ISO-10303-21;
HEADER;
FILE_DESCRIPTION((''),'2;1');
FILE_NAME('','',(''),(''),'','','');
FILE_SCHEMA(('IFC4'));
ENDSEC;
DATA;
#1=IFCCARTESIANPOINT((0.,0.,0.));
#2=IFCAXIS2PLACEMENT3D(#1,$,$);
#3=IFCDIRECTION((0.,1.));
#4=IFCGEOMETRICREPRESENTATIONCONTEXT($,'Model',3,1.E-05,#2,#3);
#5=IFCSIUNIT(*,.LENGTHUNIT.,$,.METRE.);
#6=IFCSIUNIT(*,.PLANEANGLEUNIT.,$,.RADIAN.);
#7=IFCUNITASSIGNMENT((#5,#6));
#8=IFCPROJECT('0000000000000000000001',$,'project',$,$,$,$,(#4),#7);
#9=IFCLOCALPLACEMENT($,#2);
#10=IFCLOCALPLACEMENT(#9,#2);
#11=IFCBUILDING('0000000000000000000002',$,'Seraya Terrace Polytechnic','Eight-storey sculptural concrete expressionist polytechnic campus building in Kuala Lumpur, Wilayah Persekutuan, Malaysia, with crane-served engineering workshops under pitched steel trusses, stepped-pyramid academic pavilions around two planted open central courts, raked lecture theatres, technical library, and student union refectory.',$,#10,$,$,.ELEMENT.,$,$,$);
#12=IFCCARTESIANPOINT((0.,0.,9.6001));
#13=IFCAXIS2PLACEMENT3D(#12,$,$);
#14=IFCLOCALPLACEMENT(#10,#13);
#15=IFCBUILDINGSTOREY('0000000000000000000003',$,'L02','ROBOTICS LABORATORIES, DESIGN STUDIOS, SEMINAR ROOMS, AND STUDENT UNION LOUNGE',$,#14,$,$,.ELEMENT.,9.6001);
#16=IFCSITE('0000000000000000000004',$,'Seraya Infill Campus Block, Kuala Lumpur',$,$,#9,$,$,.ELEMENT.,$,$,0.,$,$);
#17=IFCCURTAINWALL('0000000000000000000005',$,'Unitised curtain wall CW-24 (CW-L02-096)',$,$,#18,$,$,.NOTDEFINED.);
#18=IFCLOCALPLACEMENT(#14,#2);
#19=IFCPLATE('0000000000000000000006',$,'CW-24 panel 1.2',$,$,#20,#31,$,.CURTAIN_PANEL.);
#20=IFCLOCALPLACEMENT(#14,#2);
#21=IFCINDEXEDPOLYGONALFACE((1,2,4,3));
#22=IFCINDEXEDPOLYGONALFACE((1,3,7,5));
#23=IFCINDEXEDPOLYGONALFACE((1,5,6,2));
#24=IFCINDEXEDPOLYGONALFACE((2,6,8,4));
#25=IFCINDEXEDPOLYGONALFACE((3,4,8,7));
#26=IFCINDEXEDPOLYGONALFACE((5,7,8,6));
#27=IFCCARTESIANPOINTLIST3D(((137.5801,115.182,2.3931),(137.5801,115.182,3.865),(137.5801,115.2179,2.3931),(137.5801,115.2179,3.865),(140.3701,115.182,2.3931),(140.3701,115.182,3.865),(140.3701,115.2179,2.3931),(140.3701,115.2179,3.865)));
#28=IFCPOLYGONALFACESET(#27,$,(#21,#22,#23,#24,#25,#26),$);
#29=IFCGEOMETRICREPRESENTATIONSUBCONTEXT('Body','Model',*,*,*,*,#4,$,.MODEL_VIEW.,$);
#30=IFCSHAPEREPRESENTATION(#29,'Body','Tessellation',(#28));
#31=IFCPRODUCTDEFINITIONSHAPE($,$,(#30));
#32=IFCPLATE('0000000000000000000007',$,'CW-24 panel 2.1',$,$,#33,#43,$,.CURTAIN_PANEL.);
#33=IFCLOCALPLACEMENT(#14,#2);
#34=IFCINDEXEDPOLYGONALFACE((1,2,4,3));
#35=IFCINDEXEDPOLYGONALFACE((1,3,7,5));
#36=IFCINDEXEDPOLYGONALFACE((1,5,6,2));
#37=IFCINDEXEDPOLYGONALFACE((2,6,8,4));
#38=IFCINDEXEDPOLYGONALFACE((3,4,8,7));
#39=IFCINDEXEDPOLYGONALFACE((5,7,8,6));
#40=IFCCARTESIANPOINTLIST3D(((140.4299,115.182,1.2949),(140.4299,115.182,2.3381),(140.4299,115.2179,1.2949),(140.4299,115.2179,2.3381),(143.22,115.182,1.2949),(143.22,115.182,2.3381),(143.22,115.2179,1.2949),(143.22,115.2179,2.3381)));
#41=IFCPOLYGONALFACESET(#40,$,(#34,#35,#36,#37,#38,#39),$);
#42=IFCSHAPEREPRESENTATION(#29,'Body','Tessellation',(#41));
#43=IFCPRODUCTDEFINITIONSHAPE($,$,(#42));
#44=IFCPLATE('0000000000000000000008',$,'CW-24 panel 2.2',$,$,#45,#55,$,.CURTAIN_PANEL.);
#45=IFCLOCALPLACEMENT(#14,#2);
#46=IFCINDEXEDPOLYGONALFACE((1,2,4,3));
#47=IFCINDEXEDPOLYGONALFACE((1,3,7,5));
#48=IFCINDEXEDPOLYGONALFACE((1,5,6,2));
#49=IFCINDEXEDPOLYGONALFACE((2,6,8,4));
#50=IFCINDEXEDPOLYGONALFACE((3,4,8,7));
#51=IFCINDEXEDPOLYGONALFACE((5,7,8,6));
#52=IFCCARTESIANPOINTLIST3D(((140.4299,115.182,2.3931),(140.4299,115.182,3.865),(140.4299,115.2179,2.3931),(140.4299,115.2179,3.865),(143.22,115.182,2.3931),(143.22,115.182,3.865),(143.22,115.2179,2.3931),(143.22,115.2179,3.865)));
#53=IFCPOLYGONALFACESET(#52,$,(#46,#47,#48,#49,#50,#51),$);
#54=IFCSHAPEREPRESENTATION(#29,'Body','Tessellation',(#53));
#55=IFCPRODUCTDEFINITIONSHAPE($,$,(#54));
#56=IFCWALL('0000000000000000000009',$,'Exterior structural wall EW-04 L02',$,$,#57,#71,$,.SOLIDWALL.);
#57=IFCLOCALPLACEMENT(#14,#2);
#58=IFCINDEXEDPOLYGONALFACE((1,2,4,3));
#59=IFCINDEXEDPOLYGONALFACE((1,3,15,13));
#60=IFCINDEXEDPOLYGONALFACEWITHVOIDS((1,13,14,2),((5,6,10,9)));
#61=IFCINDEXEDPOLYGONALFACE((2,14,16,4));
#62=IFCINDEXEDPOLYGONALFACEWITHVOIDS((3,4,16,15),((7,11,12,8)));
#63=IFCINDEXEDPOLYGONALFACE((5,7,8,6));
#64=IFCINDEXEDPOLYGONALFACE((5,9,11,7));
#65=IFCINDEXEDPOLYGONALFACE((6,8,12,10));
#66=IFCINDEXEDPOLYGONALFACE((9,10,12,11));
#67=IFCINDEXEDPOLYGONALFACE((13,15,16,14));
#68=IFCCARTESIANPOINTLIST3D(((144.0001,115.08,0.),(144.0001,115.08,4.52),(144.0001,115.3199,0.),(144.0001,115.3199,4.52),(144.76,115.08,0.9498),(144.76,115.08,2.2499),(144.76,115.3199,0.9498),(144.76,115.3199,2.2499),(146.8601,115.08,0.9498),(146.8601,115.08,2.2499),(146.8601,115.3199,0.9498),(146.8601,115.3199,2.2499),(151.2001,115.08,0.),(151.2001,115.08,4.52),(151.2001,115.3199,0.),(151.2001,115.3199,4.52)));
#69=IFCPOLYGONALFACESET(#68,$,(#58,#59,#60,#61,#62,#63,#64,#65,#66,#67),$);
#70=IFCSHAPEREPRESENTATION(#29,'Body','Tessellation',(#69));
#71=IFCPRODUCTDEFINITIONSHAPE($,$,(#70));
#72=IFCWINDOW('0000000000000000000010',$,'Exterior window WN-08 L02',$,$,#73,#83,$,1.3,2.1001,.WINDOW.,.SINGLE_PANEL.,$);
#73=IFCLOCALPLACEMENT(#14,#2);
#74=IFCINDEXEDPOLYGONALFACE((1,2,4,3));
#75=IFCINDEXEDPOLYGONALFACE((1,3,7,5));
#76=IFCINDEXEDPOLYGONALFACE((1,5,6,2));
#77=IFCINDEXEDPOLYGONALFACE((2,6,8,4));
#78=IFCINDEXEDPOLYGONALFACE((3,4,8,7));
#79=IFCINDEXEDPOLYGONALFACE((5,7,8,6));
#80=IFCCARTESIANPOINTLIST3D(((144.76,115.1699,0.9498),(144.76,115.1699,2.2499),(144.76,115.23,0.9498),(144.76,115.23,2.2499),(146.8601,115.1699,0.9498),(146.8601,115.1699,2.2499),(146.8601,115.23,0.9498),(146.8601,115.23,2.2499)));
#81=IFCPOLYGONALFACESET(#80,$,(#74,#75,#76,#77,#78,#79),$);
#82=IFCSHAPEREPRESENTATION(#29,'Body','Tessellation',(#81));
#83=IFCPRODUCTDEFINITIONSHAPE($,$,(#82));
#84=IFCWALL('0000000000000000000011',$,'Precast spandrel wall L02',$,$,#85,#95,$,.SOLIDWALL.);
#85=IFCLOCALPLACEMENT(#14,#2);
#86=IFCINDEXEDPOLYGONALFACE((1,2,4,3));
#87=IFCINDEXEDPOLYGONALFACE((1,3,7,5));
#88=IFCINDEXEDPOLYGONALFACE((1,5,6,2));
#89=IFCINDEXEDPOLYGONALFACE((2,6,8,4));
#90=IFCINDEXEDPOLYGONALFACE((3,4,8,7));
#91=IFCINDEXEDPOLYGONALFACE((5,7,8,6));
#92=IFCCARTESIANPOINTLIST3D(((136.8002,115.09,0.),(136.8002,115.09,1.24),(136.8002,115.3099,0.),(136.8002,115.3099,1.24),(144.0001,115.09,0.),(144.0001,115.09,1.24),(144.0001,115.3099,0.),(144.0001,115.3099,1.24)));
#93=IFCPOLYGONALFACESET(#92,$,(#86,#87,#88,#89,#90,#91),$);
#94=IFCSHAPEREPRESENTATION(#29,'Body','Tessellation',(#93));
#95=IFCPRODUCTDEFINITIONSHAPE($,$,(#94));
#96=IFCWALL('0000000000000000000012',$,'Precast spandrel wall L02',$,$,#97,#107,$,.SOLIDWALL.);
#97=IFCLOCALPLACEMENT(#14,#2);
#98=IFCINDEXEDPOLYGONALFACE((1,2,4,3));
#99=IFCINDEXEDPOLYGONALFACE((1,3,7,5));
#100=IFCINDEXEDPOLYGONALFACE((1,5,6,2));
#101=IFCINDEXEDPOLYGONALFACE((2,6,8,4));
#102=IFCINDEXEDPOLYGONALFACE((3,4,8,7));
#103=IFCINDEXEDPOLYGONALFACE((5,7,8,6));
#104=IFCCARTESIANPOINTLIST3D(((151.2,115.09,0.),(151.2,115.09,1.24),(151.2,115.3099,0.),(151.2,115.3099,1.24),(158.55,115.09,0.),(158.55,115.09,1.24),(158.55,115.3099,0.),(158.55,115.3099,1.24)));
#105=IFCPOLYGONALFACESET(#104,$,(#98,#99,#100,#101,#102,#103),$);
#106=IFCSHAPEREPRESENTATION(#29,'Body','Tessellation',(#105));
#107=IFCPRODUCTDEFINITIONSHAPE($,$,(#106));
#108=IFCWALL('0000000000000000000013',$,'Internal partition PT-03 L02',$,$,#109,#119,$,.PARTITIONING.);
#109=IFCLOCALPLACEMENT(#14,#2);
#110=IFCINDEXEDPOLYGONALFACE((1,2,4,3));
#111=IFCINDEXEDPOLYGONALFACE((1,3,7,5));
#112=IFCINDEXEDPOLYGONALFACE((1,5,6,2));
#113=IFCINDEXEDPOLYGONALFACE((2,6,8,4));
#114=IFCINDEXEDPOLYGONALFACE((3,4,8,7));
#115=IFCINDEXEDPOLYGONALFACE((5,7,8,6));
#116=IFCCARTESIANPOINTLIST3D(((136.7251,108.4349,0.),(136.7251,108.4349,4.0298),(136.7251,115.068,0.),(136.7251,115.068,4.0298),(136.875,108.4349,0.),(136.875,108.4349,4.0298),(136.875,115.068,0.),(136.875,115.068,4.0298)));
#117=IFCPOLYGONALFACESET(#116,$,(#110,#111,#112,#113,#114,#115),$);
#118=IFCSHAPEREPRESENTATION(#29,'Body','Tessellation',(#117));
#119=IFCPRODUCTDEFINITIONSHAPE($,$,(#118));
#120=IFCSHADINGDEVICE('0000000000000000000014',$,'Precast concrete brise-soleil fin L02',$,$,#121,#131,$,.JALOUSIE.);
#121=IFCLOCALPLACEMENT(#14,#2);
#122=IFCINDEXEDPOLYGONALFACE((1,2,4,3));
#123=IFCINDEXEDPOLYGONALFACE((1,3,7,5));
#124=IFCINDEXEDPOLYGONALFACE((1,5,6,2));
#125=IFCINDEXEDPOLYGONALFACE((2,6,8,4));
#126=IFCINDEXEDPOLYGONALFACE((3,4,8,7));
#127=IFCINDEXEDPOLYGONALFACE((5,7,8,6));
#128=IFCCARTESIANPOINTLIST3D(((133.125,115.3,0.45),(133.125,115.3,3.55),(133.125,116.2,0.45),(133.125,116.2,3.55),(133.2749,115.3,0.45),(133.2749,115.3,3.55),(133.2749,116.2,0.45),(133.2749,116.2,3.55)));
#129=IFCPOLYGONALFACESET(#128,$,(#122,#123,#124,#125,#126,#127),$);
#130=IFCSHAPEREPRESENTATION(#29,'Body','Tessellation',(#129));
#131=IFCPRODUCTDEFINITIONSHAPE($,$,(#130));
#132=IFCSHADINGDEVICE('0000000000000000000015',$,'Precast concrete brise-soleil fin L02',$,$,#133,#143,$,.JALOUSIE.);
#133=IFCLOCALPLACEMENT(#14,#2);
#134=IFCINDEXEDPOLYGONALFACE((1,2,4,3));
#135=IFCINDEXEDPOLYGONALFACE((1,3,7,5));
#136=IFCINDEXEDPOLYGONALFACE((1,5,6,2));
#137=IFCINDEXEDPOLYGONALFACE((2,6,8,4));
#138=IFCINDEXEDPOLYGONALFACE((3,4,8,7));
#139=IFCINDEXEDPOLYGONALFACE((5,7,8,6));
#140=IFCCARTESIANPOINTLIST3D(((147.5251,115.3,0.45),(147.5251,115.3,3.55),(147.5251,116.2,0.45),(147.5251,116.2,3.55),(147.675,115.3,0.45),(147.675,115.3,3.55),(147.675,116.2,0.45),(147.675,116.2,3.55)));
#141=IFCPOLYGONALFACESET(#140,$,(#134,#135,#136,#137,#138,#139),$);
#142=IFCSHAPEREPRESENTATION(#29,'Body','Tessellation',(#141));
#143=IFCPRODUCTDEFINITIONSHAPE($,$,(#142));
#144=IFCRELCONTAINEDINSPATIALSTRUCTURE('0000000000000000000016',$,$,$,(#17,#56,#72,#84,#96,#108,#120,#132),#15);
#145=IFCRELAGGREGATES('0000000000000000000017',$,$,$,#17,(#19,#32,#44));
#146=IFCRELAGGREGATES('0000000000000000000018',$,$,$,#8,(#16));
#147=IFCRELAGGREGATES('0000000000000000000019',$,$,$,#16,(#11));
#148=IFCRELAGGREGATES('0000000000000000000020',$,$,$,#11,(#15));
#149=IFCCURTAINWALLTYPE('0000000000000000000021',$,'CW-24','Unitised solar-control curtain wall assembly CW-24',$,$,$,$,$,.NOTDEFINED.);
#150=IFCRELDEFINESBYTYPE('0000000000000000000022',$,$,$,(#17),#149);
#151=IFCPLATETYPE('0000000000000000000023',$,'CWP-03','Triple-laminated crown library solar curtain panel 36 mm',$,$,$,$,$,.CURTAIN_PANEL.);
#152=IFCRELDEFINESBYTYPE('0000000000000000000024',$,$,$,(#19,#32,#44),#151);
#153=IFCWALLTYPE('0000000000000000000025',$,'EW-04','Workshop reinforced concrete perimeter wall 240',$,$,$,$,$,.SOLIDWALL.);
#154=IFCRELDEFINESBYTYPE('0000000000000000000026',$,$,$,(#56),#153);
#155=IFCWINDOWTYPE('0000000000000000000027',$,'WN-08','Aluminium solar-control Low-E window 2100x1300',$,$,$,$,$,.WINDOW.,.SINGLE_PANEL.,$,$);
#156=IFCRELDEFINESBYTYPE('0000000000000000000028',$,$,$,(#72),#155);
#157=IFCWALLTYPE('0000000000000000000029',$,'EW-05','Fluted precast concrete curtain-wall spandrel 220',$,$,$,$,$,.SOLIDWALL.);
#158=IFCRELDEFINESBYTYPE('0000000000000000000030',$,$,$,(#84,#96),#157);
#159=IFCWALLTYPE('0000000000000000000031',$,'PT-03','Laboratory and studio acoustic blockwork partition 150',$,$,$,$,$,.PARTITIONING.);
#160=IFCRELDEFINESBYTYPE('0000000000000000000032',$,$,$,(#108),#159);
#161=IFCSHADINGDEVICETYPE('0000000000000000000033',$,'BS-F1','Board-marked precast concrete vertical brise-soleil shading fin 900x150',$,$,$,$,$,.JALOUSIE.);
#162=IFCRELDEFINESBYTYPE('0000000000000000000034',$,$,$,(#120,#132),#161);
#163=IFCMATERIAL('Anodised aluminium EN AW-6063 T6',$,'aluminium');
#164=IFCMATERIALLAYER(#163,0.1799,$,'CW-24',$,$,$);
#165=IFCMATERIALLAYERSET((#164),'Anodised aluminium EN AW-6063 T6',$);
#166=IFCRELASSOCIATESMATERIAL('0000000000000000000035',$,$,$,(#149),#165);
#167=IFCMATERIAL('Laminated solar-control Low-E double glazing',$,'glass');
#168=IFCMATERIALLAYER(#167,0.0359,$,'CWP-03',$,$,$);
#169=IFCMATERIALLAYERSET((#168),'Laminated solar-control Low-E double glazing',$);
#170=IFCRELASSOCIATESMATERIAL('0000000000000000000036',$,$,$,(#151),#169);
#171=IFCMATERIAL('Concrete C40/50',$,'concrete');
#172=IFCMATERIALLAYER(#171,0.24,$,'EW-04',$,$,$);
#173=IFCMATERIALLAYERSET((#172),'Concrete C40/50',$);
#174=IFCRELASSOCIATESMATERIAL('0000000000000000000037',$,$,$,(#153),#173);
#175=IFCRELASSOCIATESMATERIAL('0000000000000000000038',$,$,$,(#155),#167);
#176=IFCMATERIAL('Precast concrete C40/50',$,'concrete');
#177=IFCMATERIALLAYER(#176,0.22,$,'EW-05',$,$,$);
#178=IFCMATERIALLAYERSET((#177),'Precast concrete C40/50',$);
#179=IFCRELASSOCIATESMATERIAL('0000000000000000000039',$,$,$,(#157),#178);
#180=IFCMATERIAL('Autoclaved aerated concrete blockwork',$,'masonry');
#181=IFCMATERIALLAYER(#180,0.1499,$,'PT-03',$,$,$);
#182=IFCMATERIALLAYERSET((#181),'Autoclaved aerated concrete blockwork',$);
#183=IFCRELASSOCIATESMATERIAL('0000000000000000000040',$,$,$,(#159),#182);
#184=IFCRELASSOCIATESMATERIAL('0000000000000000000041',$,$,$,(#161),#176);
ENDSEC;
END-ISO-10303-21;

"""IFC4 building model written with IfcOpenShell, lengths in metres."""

from ifc_helpers import new_model, si_unit, direction, frame, frame_2d, origin, origin_2d, place, context, subcontext, project, spatial, rectangle, extrude, material, layer, layer_set, type_object, element, fill, aggregate, save


model = new_model("IFC4")

# Units and contexts
model_context = context("Model", 3, precision=1e-05, world=origin(), true_north=direction((0.0, 1.0)))
body_context = subcontext(model_context, "Body", "Model", "MODEL_VIEW")
ifc_project = project(units=[si_unit("LENGTHUNIT", "METRE"), si_unit("PLANEANGLEUNIT", "RADIAN")], contexts=[model_context])

# Site, building, storey
site_placement = place(None, origin())
site = spatial("IfcSite", under=ifc_project, at=site_placement, Name="Seraya Infill Campus Block, Kuala Lumpur", CompositionType="ELEMENT", RefElevation=0.0)
building_placement = place(site_placement, origin())
building = spatial("IfcBuilding", under=site, at=building_placement, Name="Seraya Terrace Polytechnic", Description="Eight-storey sculptural concrete expressionist polytechnic campus building in Kuala Lumpur, Wilayah Persekutuan, Malaysia, with crane-served engineering workshops under pitched steel trusses, stepped-pyramid academic pavilions around two planted open central courts, raked lecture theatres, technical library, and student union refectory.", CompositionType="ELEMENT")
storey_placement = place(building_placement, frame((0.0, 0.0, 9.6001)))
storey = spatial("IfcBuildingStorey", under=building, at=storey_placement, Name="L02", Description="ROBOTICS LABORATORIES, DESIGN STUDIOS, SEMINAR ROOMS, AND STUDENT UNION LOUNGE", CompositionType="ELEMENT", Elevation=9.6001)

# Shared definitions
ifc_material_1 = material(Name="Concrete C40/50", Category="concrete")

# Shared definitions
ifc_material_2 = material(Name="Anodised aluminium EN AW-6063 T6", Category="aluminium")

# Curtain wall
ifc_layer_1 = layer(ifc_material_2, 0.1799, Name="CW-24")
ifc_layer_set_1 = layer_set([ifc_layer_1], Name="Anodised aluminium EN AW-6063 T6")
curtain_wall_type_1 = type_object("IfcCurtainWallType", Name="CW-24", Description="Unitised solar-control curtain wall assembly CW-24", PredefinedType="NOTDEFINED", material=ifc_layer_set_1)
curtain_wall_1_placement = place(storey_placement, origin())
curtain_wall_1 = element("IfcCurtainWall", 1, at=curtain_wall_1_placement, inside=storey, type_object=curtain_wall_type_1, Name="Unitised curtain wall CW-24 (CW-L02-096)", PredefinedType="NOTDEFINED")

# Plates
ifc_material_3 = material(Name="Laminated solar-control Low-E double glazing", Category="glass")
ifc_layer_2 = layer(ifc_material_3, 0.0359, Name="CWP-03")
ifc_layer_set_2 = layer_set([ifc_layer_2], Name="Laminated solar-control Low-E double glazing")
plate_type_1 = type_object("IfcPlateType", Name="CWP-03", Description="Triple-laminated crown library solar curtain panel 36 mm", PredefinedType="CURTAIN_PANEL", material=ifc_layer_set_2)
plate_1_placement = place(storey_placement, frame((138.9751, 115.2, 2.3931), z_axis=(0.0, 0.0, 1.0), x_axis=(1.0, 0.0, 0.0)))
plate_1 = element("IfcPlate", 2, at=plate_1_placement, type_object=plate_type_1, Name="CW-24 panel 1.2", PredefinedType="CURTAIN_PANEL", context=body_context, shape_type="SweptSolid", body=[
    extrude(rectangle(XDim=2.79, YDim=0.0359, at=origin_2d()), origin(), (0.0, 0.0, 1.0), 1.4719),
])
plate_2_placement = place(storey_placement, frame((141.825, 115.2, 1.2949), z_axis=(0.0, 0.0, 1.0), x_axis=(1.0, 0.0, 0.0)))
plate_2 = element("IfcPlate", 3, at=plate_2_placement, type_object=plate_type_1, Name="CW-24 panel 2.1", PredefinedType="CURTAIN_PANEL", context=body_context, shape_type="SweptSolid", body=[
    extrude(rectangle(XDim=2.79, YDim=0.0359, at=origin_2d()), origin(), (0.0, 0.0, 1.0), 1.0432),
])
plate_3_placement = place(storey_placement, frame((141.825, 115.2, 2.3931), z_axis=(0.0, 0.0, 1.0), x_axis=(1.0, 0.0, 0.0)))
plate_3 = element("IfcPlate", 4, at=plate_3_placement, type_object=plate_type_1, Name="CW-24 panel 2.2", PredefinedType="CURTAIN_PANEL", context=body_context, shape_type="SweptSolid", body=[
    extrude(rectangle(XDim=2.79, YDim=0.0359, at=origin_2d()), origin(), (0.0, 0.0, 1.0), 1.4719),
])
aggregate(curtain_wall_1, [plate_1, plate_2, plate_3])

# Wall, opening, window
ifc_layer_3 = layer(ifc_material_1, 0.24, Name="EW-04")
ifc_layer_set_3 = layer_set([ifc_layer_3], Name="Concrete C40/50")
wall_type_1 = type_object("IfcWallType", Name="EW-04", Description="Workshop reinforced concrete perimeter wall 240", PredefinedType="SOLIDWALL", material=ifc_layer_set_3)
wall_1_placement = place(storey_placement, frame((144.0, 115.2, 0.0), z_axis=(0.0, 0.0, 1.0), x_axis=(1.0, 0.0, 0.0)))
wall_1 = element("IfcWall", 5, at=wall_1_placement, inside=storey, type_object=wall_type_1, Name="Exterior structural wall EW-04 L02", PredefinedType="SOLIDWALL", context=body_context, shape_type="SweptSolid", body=[
    extrude(rectangle(XDim=7.2, YDim=0.24, at=frame_2d((3.6001, 0.0))), origin(), (0.0, 0.0, 1.0), 4.52),
])
opening_placement = place(wall_1_placement, frame((0.76, 0.0, 0.95)))
opening = element("IfcOpeningElement", 6, at=opening_placement, cuts=wall_1, PredefinedType="OPENING", context=body_context, shape_type="SweptSolid", body=[
    extrude(rectangle(XDim=2.1001, YDim=1.3, at=frame_2d((1.05, 0.6499))), frame((0.0, 0.1318, 0.0), z_axis=(0.0, -1.0, 0.0), x_axis=(1.0, 0.0, 0.0)), (0.0, 0.0, 1.0), 0.2639),
])
window_type = type_object("IfcWindowType", Name="WN-08", Description="Aluminium solar-control Low-E window 2100x1300", PartitioningType="SINGLE_PANEL", PredefinedType="WINDOW", material=ifc_material_3)
window_placement = place(opening_placement, origin())
window = element("IfcWindow", 7, at=window_placement, inside=storey, type_object=window_type, Name="Exterior window WN-08 L02", OverallHeight=1.3, OverallWidth=2.1001, PartitioningType="SINGLE_PANEL", PredefinedType="WINDOW", context=body_context, shape_type="SweptSolid", body=[
    extrude(rectangle(XDim=2.1001, YDim=1.3, at=frame_2d((1.05, 0.6499))), frame((0.0, 0.03, 0.0), z_axis=(0.0, -1.0, 0.0), x_axis=(1.0, 0.0, 0.0)), (0.0, 0.0, 1.0), 0.0601),
])
fill(opening, window)

# Walls
ifc_material_4 = material(Name="Precast concrete C40/50", Category="concrete")
ifc_layer_4 = layer(ifc_material_4, 0.22, Name="EW-05")
ifc_layer_set_4 = layer_set([ifc_layer_4], Name="Precast concrete C40/50")
wall_type_2 = type_object("IfcWallType", Name="EW-05", Description="Fluted precast concrete curtain-wall spandrel 220", PredefinedType="SOLIDWALL", material=ifc_layer_set_4)
wall_2_placement = place(storey_placement, frame((136.8, 115.2, 0.0), z_axis=(0.0, 0.0, 1.0), x_axis=(1.0, 0.0, 0.0)))
element("IfcWall", 8, at=wall_2_placement, inside=storey, type_object=wall_type_2, Name="Precast spandrel wall L02", PredefinedType="SOLIDWALL", context=body_context, shape_type="SweptSolid", body=[
    extrude(rectangle(XDim=7.2, YDim=0.22, at=frame_2d((3.6001, 0.0))), origin(), (0.0, 0.0, 1.0), 1.24),
])
wall_3_placement = place(storey_placement, frame((151.2, 115.2, 0.0), z_axis=(0.0, 0.0, 1.0), x_axis=(1.0, 0.0, 0.0)))
element("IfcWall", 9, at=wall_3_placement, inside=storey, type_object=wall_type_2, Name="Precast spandrel wall L02", PredefinedType="SOLIDWALL", context=body_context, shape_type="SweptSolid", body=[
    extrude(rectangle(XDim=7.3501, YDim=0.22, at=frame_2d((3.675, 0.0))), origin(), (0.0, 0.0, 1.0), 1.24),
])
ifc_material_5 = material(Name="Autoclaved aerated concrete blockwork", Category="masonry")
ifc_layer_5 = layer(ifc_material_5, 0.1499, Name="PT-03")
ifc_layer_set_5 = layer_set([ifc_layer_5], Name="Autoclaved aerated concrete blockwork")
wall_type_3 = type_object("IfcWallType", Name="PT-03", Description="Laboratory and studio acoustic blockwork partition 150", PredefinedType="PARTITIONING", material=ifc_layer_set_5)
wall_4_placement = place(storey_placement, frame((136.8, 108.4351, 0.0), z_axis=(0.0, 0.0, 1.0), x_axis=(0.0, 1.0, 0.0)))
element("IfcWall", 10, at=wall_4_placement, inside=storey, type_object=wall_type_3, Name="Internal partition PT-03 L02", PredefinedType="PARTITIONING", context=body_context, shape_type="SweptSolid", body=[
    extrude(rectangle(XDim=6.6331, YDim=0.1499, at=frame_2d((3.3164, 0.0))), origin(), (0.0, 0.0, 1.0), 4.0298),
])

# Shading devices
shading_device_type = type_object("IfcShadingDeviceType", Name="BS-F1", Description="Board-marked precast concrete vertical brise-soleil shading fin 900x150", PredefinedType="JALOUSIE", material=ifc_material_4)
for number, where, z_axis, x_axis, name in (
    (11, (133.2, 115.75, 0.45), (0.0, 0.0, 1.0), (0.0, 1.0, 0.0), "Precast concrete brise-soleil fin L02"),
    (12, (147.6001, 115.75, 0.45), (0.0, 0.0, 1.0), (0.0, 1.0, 0.0), "Precast concrete brise-soleil fin L02"),
):
    element("IfcShadingDevice", number, at=place(storey_placement, frame(where, z_axis=z_axis, x_axis=x_axis)), inside=storey, type_object=shading_device_type, Name=name, PredefinedType="JALOUSIE", context=body_context, shape_type="SweptSolid", body=[
        extrude(rectangle(XDim=0.8999, YDim=0.1499, at=origin_2d()), origin(), (0.0, 0.0, 1.0), 3.1001),
    ])

save(model, "model.ifc")
